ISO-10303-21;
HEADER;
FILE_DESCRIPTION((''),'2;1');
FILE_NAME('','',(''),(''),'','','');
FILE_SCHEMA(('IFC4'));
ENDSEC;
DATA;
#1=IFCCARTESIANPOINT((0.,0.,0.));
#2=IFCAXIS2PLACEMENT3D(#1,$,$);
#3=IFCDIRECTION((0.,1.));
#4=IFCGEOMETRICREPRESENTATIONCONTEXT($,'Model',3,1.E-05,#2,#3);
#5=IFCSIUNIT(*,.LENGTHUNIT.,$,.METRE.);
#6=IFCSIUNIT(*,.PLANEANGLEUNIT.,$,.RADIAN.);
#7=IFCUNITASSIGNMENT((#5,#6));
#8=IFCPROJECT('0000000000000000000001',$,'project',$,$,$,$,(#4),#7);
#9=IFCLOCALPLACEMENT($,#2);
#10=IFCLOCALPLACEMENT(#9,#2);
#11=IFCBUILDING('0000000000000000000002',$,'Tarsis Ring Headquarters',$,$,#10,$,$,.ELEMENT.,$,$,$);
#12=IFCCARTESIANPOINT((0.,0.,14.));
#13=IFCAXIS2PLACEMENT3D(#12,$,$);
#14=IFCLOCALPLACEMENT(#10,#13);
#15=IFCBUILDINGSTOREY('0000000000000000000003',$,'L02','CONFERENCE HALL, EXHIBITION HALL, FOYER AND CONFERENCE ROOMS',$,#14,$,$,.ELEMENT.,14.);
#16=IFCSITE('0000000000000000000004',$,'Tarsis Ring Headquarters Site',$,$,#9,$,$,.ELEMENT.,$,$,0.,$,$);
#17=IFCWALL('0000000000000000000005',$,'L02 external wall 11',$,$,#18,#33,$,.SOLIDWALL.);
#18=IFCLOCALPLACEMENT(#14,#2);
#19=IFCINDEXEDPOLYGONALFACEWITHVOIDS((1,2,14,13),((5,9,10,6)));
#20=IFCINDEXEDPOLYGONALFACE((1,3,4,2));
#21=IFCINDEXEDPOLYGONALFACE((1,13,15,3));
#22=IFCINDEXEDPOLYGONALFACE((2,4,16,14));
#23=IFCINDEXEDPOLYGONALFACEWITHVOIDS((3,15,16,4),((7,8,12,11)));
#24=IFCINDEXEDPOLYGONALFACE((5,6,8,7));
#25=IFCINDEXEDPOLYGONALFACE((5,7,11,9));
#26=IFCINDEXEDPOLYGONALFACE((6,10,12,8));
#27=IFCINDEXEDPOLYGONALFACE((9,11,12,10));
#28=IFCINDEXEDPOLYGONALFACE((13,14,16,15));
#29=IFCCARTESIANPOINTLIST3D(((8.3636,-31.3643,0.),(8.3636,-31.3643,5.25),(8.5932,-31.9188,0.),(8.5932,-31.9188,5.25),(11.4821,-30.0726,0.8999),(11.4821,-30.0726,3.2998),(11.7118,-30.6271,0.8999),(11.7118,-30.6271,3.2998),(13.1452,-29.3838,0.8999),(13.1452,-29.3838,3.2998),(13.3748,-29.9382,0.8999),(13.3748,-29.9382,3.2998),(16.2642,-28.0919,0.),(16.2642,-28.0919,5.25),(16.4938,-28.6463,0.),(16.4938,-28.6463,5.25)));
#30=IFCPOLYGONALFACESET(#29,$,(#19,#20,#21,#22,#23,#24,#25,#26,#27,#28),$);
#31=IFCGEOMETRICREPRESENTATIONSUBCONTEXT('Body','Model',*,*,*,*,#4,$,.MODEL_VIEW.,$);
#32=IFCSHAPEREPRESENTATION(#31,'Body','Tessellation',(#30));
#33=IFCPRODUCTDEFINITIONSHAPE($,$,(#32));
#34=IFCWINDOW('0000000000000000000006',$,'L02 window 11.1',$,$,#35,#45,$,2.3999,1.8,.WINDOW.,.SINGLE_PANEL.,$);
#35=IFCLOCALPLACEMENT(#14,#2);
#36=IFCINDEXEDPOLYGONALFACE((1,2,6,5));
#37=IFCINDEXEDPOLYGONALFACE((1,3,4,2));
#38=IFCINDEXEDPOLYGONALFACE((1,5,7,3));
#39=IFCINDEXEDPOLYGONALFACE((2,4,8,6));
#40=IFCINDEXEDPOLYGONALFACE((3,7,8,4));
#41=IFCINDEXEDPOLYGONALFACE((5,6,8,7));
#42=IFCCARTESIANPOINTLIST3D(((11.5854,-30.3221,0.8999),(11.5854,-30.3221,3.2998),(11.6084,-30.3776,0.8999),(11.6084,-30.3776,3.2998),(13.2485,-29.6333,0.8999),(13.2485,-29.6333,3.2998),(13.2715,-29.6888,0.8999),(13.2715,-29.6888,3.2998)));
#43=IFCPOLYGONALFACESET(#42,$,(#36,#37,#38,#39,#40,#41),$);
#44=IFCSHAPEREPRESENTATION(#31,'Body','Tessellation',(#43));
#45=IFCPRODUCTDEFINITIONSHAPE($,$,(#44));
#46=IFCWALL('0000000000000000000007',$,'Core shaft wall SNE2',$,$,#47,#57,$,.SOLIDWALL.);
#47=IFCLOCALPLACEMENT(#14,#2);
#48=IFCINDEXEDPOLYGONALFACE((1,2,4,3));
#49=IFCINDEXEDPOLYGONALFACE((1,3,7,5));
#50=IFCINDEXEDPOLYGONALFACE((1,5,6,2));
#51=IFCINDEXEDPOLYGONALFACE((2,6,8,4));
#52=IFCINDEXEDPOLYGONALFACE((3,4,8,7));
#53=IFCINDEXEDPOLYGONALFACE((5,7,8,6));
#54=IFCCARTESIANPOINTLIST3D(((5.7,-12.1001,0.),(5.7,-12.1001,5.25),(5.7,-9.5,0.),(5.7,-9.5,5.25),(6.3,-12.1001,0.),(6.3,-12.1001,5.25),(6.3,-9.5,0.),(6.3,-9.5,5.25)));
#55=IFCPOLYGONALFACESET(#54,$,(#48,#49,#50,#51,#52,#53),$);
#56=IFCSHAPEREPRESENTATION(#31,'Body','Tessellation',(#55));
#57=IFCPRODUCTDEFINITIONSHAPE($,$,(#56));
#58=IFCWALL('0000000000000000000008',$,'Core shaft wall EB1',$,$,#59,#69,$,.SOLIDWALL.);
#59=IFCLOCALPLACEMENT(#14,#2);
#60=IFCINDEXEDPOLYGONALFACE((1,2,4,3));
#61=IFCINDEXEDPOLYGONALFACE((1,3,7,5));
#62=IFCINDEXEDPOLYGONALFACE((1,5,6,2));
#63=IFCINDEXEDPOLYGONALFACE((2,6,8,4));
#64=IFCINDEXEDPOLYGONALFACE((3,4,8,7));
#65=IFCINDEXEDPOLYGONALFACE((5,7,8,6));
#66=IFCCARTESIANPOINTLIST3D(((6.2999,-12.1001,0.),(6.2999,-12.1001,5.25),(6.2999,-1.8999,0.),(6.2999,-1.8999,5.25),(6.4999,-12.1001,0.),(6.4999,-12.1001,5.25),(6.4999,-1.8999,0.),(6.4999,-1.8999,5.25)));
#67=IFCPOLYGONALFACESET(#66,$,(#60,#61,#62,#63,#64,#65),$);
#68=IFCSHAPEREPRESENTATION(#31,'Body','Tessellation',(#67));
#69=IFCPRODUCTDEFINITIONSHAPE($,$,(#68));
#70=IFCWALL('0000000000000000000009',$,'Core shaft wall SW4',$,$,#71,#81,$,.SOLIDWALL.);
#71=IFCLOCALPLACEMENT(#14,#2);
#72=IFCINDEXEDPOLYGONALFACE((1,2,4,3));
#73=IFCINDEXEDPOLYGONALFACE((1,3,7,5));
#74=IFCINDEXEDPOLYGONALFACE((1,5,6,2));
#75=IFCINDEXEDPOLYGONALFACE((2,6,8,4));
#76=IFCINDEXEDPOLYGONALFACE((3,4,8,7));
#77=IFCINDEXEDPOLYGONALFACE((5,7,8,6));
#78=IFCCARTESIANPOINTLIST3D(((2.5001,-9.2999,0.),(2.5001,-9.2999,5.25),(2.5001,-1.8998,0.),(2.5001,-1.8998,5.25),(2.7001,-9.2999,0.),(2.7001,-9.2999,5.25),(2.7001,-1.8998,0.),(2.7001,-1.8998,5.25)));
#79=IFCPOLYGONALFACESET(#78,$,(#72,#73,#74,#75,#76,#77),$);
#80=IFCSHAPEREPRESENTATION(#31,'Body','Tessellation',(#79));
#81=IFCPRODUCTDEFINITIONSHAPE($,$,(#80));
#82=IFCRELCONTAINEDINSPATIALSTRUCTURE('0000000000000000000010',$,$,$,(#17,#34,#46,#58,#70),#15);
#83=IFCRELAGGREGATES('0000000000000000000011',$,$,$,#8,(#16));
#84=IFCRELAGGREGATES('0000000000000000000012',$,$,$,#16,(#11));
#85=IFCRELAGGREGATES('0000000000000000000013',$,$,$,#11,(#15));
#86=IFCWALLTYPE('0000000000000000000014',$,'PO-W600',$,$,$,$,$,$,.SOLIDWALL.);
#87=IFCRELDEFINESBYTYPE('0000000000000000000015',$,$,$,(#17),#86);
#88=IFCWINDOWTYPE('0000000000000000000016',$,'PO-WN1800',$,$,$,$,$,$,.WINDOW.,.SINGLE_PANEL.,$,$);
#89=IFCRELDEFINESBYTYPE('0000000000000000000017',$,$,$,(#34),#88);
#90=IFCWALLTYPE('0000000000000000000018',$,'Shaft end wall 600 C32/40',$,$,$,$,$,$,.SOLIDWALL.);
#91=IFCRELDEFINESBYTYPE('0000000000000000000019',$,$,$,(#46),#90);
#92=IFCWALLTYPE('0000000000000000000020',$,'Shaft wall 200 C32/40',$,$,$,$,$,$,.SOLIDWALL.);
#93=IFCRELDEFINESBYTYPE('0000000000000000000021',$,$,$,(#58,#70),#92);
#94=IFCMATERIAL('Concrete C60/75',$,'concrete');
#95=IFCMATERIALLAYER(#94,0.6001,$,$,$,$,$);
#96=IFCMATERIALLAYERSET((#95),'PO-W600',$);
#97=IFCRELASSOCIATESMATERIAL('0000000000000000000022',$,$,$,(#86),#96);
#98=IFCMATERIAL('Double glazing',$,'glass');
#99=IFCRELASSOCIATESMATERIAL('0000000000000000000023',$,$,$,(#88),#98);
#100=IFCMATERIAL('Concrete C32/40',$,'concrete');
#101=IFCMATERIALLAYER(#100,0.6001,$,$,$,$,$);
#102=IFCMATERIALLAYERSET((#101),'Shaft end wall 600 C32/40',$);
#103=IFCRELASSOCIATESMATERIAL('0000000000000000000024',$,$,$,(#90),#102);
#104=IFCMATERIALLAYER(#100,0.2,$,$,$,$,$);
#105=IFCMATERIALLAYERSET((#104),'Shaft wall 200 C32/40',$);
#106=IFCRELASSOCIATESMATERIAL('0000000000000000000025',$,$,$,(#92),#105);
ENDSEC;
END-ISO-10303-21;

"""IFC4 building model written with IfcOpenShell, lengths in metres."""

from ifc_helpers import new_model, si_unit, direction, frame, frame_2d, origin, place, context, subcontext, project, spatial, rectangle, extrude, material, layer, layer_set, type_object, element, fill, save


model = new_model("IFC4")

# Units and contexts
model_context = context("Model", 3, precision=1e-05, world=origin(), true_north=direction((0.0, 1.0)))
body_context = subcontext(model_context, "Body", "Model", "MODEL_VIEW")
ifc_project = project(units=[si_unit("LENGTHUNIT", "METRE"), si_unit("PLANEANGLEUNIT", "RADIAN")], contexts=[model_context])

# Site, building, storey
site_placement = place(None, origin())
site = spatial("IfcSite", under=ifc_project, at=site_placement, Name="Tarsis Ring Headquarters Site", CompositionType="ELEMENT", RefElevation=0.0)
building_placement = place(site_placement, origin())
building = spatial("IfcBuilding", under=site, at=building_placement, Name="Tarsis Ring Headquarters", CompositionType="ELEMENT")
storey_placement = place(building_placement, frame((0.0, 0.0, 14.0)))
storey = spatial("IfcBuildingStorey", under=building, at=storey_placement, Name="L02", Description="CONFERENCE HALL, EXHIBITION HALL, FOYER AND CONFERENCE ROOMS", CompositionType="ELEMENT", Elevation=14.0)

# Shared definitions
ifc_material_1 = material(Name="Concrete C60/75", Category="concrete")

# Wall, opening, window
ifc_layer_1 = layer(ifc_material_1, 0.6001)
ifc_layer_set_1 = layer_set([ifc_layer_1], Name="PO-W600")
wall_type_1 = type_object("IfcWallType", Name="PO-W600", PredefinedType="SOLIDWALL", material=ifc_layer_set_1)
wall_1_placement = place(storey_placement, frame((8.4783, -31.6416, 0.0), z_axis=(0.0, 0.0, 1.0), x_axis=(0.923883, 0.382675, 0.0)))
wall_1 = element("IfcWall", 1, at=wall_1_placement, inside=storey, type_object=wall_type_1, Name="L02 external wall 11", PredefinedType="SOLIDWALL", context=body_context, shape_type="SweptSolid", body=[
    extrude(rectangle(XDim=8.5515, YDim=0.6001, at=frame_2d((4.2759, 0.0))), origin(), (0.0, 0.0, 1.0), 5.25),
])
opening_1_placement = place(wall_1_placement, frame((3.3757, 0.0, 0.8999)))
opening_1 = element("IfcOpeningElement", 2, at=opening_1_placement, cuts=wall_1, PredefinedType="OPENING", context=body_context, shape_type="SweptSolid", body=[
    extrude(rectangle(XDim=1.8, YDim=2.3999, at=frame_2d((0.8999, 1.2))), frame((0.0, 0.3101, 0.0), z_axis=(0.0, -1.0, 0.0), x_axis=(1.0, 0.0, 0.0)), (0.0, 0.0, 1.0), 0.6201),
])
ifc_material_2 = material(Name="Double glazing", Category="glass")
window_type = type_object("IfcWindowType", Name="PO-WN1800", PartitioningType="SINGLE_PANEL", PredefinedType="WINDOW", material=ifc_material_2)
window_placement = place(opening_1_placement, origin())
window = element("IfcWindow", 3, at=window_placement, inside=storey, type_object=window_type, Name="L02 window 11.1", OverallHeight=2.3999, OverallWidth=1.8, PartitioningType="SINGLE_PANEL", PredefinedType="WINDOW", context=body_context, shape_type="SweptSolid", body=[
    extrude(rectangle(XDim=1.8, YDim=2.3999, at=frame_2d((0.8999, 1.2))), frame((0.0, 0.03, 0.0), z_axis=(0.0, -1.0, 0.0), x_axis=(1.0, 0.0, 0.0)), (0.0, 0.0, 1.0), 0.0601),
])
fill(opening_1, window)

# Walls
ifc_material_3 = material(Name="Concrete C32/40", Category="concrete")
ifc_layer_2 = layer(ifc_material_3, 0.6001)
ifc_layer_set_2 = layer_set([ifc_layer_2], Name="Shaft end wall 600 C32/40")
wall_type_2 = type_object("IfcWallType", Name="Shaft end wall 600 C32/40", PredefinedType="SOLIDWALL", material=ifc_layer_set_2)
wall_2_placement = place(storey_placement, frame((6.0, -12.1001, 0.0), z_axis=(0.0, 0.0, 1.0), x_axis=(0.0, 1.0, 0.0)))
element("IfcWall", 4, at=wall_2_placement, inside=storey, type_object=wall_type_2, Name="Core shaft wall SNE2", PredefinedType="SOLIDWALL", context=body_context, shape_type="SweptSolid", body=[
    extrude(rectangle(XDim=2.6001, YDim=0.6001, at=frame_2d((1.3, 0.0))), origin(), (0.0, 0.0, 1.0), 5.25),
])
ifc_layer_3 = layer(ifc_material_3, 0.2)
ifc_layer_set_3 = layer_set([ifc_layer_3], Name="Shaft wall 200 C32/40")
wall_type_3 = type_object("IfcWallType", Name="Shaft wall 200 C32/40", PredefinedType="SOLIDWALL", material=ifc_layer_set_3)
wall_3_placement = place(storey_placement, frame((6.3999, -12.1001, 0.0), z_axis=(0.0, 0.0, 1.0), x_axis=(0.0, 1.0, 0.0)))
element("IfcWall", 5, at=wall_3_placement, inside=storey, type_object=wall_type_3, Name="Core shaft wall EB1", PredefinedType="SOLIDWALL", context=body_context, shape_type="SweptSolid", body=[
    extrude(rectangle(XDim=10.2002, YDim=0.2, at=frame_2d((5.1001, 0.0))), origin(), (0.0, 0.0, 1.0), 5.25),
])
wall_4_placement = place(storey_placement, frame((2.6001, -9.3, 0.0), z_axis=(0.0, 0.0, 1.0), x_axis=(0.0, 1.0, 0.0)))
element("IfcWall", 6, at=wall_4_placement, inside=storey, type_object=wall_type_3, Name="Core shaft wall SW4", PredefinedType="SOLIDWALL", context=body_context, shape_type="SweptSolid", body=[
    extrude(rectangle(XDim=7.4001, YDim=0.2, at=frame_2d((3.7002, 0.0))), origin(), (0.0, 0.0, 1.0), 5.25),
])

save(model, "model.ifc")
